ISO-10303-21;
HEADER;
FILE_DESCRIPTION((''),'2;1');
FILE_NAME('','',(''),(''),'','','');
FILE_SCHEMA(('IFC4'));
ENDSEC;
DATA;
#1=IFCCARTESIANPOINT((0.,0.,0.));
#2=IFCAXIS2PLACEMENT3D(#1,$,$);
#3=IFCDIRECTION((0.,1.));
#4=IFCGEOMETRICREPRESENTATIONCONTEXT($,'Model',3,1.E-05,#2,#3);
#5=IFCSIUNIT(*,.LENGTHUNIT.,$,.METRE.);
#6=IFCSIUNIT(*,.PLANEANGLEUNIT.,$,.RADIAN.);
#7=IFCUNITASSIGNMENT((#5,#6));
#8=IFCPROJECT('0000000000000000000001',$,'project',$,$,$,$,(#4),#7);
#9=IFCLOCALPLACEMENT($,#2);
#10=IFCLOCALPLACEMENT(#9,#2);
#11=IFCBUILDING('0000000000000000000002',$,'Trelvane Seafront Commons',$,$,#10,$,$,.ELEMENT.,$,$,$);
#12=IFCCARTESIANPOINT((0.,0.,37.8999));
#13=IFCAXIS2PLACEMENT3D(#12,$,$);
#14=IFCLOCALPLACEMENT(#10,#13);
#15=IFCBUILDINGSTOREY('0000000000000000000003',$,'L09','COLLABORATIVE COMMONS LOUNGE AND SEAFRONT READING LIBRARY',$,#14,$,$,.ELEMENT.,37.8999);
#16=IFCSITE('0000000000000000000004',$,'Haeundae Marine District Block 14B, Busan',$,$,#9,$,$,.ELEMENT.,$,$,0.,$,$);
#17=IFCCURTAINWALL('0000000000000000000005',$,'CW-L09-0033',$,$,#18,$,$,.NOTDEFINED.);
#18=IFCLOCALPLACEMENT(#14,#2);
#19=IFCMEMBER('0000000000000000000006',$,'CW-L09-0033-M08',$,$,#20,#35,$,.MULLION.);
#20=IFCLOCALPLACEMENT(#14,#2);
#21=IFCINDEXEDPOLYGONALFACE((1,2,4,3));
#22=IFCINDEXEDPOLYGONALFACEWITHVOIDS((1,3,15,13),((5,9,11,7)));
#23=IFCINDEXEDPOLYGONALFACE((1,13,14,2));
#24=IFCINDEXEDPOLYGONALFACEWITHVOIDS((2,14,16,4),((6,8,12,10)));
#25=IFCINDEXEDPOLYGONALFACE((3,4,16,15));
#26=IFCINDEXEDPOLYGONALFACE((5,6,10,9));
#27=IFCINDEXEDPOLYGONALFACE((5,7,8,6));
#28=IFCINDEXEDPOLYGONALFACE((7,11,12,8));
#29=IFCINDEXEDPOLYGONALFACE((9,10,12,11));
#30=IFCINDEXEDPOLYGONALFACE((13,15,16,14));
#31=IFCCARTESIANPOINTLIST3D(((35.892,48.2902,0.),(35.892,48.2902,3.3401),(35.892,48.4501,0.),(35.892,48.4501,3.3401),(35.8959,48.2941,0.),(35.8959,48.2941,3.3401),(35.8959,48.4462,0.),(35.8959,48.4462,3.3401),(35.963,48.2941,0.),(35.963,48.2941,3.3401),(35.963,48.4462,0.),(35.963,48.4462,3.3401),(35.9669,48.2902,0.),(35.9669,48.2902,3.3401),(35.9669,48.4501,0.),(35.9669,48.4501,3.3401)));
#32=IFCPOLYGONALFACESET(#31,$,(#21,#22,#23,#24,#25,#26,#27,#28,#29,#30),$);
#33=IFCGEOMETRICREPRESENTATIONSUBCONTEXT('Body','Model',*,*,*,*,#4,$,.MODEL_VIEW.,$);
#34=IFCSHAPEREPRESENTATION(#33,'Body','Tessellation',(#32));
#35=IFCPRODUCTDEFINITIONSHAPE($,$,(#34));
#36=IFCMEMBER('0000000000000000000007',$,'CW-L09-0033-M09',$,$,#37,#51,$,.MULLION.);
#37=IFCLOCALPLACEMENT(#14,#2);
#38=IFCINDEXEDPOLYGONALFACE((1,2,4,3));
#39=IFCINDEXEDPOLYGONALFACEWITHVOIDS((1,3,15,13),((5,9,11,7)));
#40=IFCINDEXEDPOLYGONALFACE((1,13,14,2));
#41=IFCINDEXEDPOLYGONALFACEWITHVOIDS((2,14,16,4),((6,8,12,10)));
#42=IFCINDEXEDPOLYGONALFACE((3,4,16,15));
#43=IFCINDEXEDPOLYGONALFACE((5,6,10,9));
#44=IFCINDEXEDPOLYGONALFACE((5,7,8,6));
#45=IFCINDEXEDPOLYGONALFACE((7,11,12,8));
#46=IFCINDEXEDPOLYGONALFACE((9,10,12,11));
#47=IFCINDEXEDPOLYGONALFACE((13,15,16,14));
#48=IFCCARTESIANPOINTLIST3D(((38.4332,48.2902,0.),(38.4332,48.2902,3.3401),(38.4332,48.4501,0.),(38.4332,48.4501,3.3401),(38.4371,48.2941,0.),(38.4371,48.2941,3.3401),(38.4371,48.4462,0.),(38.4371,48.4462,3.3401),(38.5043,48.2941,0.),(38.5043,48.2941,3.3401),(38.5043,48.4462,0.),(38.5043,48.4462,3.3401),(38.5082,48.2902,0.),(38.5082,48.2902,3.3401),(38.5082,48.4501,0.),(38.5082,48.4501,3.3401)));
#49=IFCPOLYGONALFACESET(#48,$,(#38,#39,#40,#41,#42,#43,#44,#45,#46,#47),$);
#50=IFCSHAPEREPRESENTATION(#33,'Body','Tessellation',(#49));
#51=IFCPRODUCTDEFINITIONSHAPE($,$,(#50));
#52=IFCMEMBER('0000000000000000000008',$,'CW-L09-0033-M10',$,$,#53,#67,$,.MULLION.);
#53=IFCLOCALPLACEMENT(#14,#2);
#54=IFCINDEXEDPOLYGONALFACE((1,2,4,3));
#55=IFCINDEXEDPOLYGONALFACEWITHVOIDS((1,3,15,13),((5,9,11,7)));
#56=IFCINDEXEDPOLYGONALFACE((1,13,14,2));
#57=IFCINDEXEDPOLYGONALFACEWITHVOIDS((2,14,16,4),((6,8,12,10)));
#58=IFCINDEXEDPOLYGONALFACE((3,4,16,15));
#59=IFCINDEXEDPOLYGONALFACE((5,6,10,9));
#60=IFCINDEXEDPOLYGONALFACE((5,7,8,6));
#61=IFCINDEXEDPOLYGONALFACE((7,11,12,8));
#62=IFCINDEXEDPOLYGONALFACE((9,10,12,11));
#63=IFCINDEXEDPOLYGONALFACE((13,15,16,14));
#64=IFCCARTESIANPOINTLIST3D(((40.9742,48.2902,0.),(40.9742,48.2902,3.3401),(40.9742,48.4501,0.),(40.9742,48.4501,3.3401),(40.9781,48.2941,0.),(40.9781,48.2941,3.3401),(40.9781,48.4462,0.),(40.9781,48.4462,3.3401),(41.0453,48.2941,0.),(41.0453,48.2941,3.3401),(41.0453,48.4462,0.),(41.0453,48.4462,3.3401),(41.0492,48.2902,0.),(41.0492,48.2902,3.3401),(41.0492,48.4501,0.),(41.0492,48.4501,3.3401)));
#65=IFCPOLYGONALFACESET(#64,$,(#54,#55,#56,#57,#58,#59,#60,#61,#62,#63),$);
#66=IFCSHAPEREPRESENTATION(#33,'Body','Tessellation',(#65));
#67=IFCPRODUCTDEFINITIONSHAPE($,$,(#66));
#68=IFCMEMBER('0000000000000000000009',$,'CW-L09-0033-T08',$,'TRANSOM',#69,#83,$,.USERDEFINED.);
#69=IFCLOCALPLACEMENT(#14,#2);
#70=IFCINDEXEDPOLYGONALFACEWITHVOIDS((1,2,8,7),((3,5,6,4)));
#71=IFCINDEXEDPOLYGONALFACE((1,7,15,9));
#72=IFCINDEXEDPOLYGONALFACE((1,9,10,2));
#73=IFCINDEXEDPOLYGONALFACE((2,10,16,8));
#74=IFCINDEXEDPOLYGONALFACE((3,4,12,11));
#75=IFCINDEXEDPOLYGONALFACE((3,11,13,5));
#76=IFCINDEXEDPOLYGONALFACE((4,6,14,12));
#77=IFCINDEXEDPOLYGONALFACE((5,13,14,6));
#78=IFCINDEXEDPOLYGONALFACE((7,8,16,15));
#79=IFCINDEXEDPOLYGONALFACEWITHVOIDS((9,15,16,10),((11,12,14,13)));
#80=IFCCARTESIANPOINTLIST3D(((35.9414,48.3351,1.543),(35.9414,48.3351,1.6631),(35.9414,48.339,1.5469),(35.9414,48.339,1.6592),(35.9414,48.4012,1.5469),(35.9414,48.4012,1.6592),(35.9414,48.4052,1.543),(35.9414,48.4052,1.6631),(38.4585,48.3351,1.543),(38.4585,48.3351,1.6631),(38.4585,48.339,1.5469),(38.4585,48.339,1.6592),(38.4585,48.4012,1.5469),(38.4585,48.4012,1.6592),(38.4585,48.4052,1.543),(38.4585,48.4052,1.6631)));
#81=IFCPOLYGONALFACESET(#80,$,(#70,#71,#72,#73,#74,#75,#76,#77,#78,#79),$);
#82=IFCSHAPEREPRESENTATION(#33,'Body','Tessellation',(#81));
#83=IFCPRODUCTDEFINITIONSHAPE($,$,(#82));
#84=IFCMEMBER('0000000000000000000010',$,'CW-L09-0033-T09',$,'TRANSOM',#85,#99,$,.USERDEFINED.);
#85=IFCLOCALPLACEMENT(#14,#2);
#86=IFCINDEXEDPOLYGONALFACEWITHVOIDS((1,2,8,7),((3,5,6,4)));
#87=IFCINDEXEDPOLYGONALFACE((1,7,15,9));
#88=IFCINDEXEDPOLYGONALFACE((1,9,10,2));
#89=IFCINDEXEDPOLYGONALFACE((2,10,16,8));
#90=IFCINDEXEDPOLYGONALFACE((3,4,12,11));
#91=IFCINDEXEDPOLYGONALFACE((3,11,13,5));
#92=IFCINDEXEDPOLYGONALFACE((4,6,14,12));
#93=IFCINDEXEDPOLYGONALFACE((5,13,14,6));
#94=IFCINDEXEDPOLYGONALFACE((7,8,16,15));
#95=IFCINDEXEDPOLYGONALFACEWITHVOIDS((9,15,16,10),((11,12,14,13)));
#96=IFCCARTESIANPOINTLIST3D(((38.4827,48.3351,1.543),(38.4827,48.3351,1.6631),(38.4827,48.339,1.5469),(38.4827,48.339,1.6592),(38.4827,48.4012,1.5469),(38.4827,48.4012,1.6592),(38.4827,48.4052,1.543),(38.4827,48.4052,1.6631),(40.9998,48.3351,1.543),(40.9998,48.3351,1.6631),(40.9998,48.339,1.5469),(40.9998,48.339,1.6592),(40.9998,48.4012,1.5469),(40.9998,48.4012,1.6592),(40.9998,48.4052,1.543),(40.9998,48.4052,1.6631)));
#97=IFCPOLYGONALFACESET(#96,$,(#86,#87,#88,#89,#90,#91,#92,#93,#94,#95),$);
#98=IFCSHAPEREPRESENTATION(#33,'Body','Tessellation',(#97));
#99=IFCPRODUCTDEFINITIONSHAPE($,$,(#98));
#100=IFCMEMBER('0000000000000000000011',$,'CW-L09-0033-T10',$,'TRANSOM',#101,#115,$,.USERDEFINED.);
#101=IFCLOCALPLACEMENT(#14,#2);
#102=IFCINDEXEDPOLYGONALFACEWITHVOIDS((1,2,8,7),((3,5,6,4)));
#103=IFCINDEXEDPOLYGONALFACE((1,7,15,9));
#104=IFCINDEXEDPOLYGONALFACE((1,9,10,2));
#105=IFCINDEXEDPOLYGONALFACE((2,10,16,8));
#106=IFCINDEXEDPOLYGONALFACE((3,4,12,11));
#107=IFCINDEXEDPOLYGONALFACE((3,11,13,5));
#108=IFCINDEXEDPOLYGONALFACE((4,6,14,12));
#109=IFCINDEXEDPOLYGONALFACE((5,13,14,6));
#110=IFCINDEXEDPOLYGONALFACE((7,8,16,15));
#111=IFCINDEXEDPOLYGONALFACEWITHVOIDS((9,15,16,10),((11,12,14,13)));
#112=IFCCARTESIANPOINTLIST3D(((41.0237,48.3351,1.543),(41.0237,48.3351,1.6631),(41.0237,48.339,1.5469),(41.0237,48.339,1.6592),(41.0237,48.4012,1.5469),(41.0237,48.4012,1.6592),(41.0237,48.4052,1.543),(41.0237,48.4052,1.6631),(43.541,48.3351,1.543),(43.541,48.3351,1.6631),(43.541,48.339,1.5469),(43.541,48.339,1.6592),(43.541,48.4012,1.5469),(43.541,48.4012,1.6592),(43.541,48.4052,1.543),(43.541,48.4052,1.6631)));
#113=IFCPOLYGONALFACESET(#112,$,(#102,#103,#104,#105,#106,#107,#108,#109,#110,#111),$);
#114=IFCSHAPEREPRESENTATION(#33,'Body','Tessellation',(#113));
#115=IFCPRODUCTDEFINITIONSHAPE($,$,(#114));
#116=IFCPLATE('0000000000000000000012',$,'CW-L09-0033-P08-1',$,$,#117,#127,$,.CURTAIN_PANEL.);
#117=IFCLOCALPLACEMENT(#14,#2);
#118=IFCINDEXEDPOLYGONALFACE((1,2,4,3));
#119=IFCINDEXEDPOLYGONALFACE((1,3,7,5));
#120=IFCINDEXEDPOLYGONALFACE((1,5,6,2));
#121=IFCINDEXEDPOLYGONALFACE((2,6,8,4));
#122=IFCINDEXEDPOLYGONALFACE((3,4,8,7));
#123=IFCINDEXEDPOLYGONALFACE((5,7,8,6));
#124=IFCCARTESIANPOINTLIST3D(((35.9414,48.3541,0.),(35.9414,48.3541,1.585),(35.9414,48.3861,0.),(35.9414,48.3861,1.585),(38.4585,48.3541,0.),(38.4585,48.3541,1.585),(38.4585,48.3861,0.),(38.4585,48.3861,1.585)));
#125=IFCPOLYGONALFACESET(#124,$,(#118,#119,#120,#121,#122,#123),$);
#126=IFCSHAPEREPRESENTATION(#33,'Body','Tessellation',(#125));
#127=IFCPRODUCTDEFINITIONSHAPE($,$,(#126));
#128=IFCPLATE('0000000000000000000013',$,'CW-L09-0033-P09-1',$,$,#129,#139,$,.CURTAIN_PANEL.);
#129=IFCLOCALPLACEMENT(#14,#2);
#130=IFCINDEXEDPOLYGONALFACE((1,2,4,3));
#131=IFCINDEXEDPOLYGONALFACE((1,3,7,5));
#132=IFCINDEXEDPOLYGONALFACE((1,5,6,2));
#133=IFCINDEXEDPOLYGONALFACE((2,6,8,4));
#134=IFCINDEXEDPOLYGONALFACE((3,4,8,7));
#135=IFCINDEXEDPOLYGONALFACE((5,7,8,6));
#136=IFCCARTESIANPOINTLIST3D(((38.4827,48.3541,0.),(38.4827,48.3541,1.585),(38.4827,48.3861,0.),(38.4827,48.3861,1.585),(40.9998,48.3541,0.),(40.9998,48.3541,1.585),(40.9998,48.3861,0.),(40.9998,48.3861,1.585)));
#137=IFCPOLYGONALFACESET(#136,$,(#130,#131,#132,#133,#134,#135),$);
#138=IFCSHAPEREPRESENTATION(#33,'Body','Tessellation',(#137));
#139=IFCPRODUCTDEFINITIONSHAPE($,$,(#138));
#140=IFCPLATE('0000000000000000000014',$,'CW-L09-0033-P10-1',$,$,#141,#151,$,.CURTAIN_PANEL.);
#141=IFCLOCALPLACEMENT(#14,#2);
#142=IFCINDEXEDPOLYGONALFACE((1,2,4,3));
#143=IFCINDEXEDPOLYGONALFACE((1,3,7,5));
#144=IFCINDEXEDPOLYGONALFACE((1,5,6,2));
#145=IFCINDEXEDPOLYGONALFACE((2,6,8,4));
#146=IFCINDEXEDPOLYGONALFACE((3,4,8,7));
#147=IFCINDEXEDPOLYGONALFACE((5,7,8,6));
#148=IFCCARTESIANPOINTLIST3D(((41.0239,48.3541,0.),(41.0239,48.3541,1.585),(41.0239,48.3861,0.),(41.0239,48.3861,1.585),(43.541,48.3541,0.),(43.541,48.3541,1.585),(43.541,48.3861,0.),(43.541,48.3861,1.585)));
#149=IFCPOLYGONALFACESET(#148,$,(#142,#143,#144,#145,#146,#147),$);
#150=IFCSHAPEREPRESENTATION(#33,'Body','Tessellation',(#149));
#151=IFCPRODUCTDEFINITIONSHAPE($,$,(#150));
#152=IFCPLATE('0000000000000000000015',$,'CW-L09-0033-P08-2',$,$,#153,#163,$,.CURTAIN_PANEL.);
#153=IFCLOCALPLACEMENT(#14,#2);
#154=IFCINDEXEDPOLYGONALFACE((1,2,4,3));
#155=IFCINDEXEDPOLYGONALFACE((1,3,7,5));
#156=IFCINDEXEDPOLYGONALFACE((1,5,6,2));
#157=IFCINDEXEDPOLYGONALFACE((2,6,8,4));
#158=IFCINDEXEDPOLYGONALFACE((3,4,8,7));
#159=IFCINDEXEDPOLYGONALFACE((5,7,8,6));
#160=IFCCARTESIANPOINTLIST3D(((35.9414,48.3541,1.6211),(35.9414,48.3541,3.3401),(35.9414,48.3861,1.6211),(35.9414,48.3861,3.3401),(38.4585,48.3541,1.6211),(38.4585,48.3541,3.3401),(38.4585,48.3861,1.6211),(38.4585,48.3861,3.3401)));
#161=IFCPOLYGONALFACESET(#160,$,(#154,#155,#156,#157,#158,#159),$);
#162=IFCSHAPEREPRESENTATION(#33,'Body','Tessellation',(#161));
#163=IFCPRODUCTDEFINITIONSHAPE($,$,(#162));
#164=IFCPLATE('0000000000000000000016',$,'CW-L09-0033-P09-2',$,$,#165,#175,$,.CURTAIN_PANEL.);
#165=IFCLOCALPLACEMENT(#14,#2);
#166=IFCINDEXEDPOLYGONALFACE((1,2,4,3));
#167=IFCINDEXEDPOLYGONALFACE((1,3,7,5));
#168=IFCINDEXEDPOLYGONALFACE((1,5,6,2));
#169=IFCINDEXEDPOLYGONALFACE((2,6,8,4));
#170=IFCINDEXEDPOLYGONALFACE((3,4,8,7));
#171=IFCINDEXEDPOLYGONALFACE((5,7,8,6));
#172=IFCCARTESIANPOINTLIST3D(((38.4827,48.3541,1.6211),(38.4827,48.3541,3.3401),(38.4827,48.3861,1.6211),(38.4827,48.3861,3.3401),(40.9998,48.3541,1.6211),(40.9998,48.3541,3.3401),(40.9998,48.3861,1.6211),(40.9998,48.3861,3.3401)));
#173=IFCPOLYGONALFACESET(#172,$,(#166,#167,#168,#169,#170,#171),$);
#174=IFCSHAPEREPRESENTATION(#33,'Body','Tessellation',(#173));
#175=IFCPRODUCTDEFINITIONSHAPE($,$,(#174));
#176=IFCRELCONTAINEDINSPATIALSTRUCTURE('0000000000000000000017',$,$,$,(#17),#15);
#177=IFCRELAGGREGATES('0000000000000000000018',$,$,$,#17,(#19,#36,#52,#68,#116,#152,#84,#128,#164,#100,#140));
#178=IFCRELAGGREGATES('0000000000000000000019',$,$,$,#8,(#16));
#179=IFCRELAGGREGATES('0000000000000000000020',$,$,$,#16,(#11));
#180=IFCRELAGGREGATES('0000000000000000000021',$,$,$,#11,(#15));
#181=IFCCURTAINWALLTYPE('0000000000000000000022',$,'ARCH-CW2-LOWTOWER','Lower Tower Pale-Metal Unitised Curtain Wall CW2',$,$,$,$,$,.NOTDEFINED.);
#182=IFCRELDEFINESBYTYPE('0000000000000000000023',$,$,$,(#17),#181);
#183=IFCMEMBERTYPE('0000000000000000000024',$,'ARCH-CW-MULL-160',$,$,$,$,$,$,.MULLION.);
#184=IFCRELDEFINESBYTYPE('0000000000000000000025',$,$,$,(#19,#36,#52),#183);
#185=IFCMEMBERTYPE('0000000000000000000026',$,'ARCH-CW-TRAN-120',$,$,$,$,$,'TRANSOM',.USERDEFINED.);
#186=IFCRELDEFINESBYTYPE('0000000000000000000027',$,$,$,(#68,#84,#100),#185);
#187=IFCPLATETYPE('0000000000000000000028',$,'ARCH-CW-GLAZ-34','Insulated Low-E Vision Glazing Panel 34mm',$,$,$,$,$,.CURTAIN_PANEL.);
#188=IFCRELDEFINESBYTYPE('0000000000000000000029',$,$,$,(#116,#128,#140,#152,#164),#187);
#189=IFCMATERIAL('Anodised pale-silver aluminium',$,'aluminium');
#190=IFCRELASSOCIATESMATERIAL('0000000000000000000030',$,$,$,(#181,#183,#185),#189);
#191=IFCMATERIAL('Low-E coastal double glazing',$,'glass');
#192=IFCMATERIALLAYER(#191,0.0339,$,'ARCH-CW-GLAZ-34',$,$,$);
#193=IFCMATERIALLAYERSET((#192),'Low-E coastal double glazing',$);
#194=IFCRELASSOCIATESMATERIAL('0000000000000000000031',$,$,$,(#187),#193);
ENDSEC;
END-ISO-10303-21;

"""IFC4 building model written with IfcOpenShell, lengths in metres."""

from ifc_helpers import new_model, si_unit, direction, frame, origin, origin_2d, place, context, subcontext, project, spatial, rectangle, hollow_rectangle, extrude, source, transform, mapped, material, layer, layer_set, material_profile, profile_set, type_object, element, aggregate, save


model = new_model("IFC4")

# Units and contexts
model_context = context("Model", 3, precision=1e-05, world=origin(), true_north=direction((0.0, 1.0)))
body_context = subcontext(model_context, "Body", "Model", "MODEL_VIEW")
ifc_project = project(units=[si_unit("LENGTHUNIT", "METRE"), si_unit("PLANEANGLEUNIT", "RADIAN")], contexts=[model_context])

# Site, building, storey
site_placement = place(None, origin())
site = spatial("IfcSite", under=ifc_project, at=site_placement, Name="Haeundae Marine District Block 14B, Busan", CompositionType="ELEMENT", RefElevation=0.0)
building_placement = place(site_placement, origin())
building = spatial("IfcBuilding", under=site, at=building_placement, Name="Trelvane Seafront Commons", CompositionType="ELEMENT")
storey_placement = place(building_placement, frame((0.0, 0.0, 37.8999)))
storey = spatial("IfcBuildingStorey", under=building, at=storey_placement, Name="L09", Description="COLLABORATIVE COMMONS LOUNGE AND SEAFRONT READING LIBRARY", CompositionType="ELEMENT", Elevation=37.8999)

# Curtain wall, members, plates
ifc_material_1 = material(Name="Anodised pale-silver aluminium", Category="aluminium")
curtain_wall_type = type_object("IfcCurtainWallType", Name="ARCH-CW2-LOWTOWER", Description="Lower Tower Pale-Metal Unitised Curtain Wall CW2", PredefinedType="NOTDEFINED", material=ifc_material_1)
curtain_wall_placement = place(storey_placement, origin())
curtain_wall = element("IfcCurtainWall", 1, at=curtain_wall_placement, inside=storey, type_object=curtain_wall_type, Name="CW-L09-0033", PredefinedType="NOTDEFINED")
ifc_material_profile_1 = material_profile(ifc_material_1, hollow_rectangle(XDim=0.075, YDim=0.1599, WallThickness=0.0039, at=origin_2d()), Name="MULL-75x160x4")
ifc_profile_set_1 = profile_set([ifc_material_profile_1], Name="Anodised pale-silver aluminium")
member_type_1 = type_object("IfcMemberType", Name="ARCH-CW-MULL-160", PredefinedType="MULLION", material=ifc_profile_set_1)
shared_shape_1 = source(origin(), body_context, "Body", "SweptSolid", [
    extrude(hollow_rectangle(XDim=0.075, YDim=0.1599, WallThickness=0.0039, at=origin_2d()), origin(), (0.0, 0.0, 1.0), 3.3401),
])
member_1_placement = place(storey_placement, frame((35.9294, 48.3701, 0.0), z_axis=(0.0, 0.0, 1.0), x_axis=(1.0, 0.0, 0.0)))
member_1 = element("IfcMember", 2, at=member_1_placement, type_object=member_type_1, Name="CW-L09-0033-M08", PredefinedType="MULLION", context=body_context, shape_type="MappedRepresentation", body=[
    mapped(shared_shape_1, transform((0.0, 0.0, 0.0), x_axis=(1.0, 0.0, 0.0), y_axis=(0.0, 1.0, 0.0), z_axis=(0.0, 0.0, 1.0), scale=1.0)),
])
member_2_placement = place(storey_placement, frame((38.4707, 48.3701, 0.0), z_axis=(0.0, 0.0, 1.0), x_axis=(1.0, 0.0, 0.0)))
member_2 = element("IfcMember", 3, at=member_2_placement, type_object=member_type_1, Name="CW-L09-0033-M09", PredefinedType="MULLION", context=body_context, shape_type="MappedRepresentation", body=[
    mapped(shared_shape_1, transform((0.0, 0.0, 0.0), x_axis=(1.0, 0.0, 0.0), y_axis=(0.0, 1.0, 0.0), z_axis=(0.0, 0.0, 1.0), scale=1.0)),
])
member_3_placement = place(storey_placement, frame((41.0117, 48.3701, 0.0), z_axis=(0.0, 0.0, 1.0), x_axis=(1.0, 0.0, 0.0)))
member_3 = element("IfcMember", 4, at=member_3_placement, type_object=member_type_1, Name="CW-L09-0033-M10", PredefinedType="MULLION", context=body_context, shape_type="MappedRepresentation", body=[
    mapped(shared_shape_1, transform((0.0, 0.0, 0.0), x_axis=(1.0, 0.0, 0.0), y_axis=(0.0, 1.0, 0.0), z_axis=(0.0, 0.0, 1.0), scale=1.0)),
])
ifc_material_profile_2 = material_profile(ifc_material_1, hollow_rectangle(XDim=0.0701, YDim=0.1201, WallThickness=0.0039, at=origin_2d()), Name="TRAN-70x120x4")
ifc_profile_set_2 = profile_set([ifc_material_profile_2], Name="Anodised pale-silver aluminium")
member_type_2 = type_object("IfcMemberType", Name="ARCH-CW-TRAN-120", ElementType="TRANSOM", PredefinedType="USERDEFINED", material=ifc_profile_set_2)
shared_shape_2 = source(origin(), body_context, "Body", "SweptSolid", [
    extrude(hollow_rectangle(XDim=0.0701, YDim=0.1201, WallThickness=0.0039, at=origin_2d()), origin(), (0.0, 0.0, 1.0), 2.5171),
])
member_4_placement = place(storey_placement, frame((35.9414, 48.3701, 1.603), z_axis=(1.0, 0.0, 0.0), x_axis=(0.0, 1.0, 0.0)))
member_4 = element("IfcMember", 5, at=member_4_placement, type_object=member_type_2, Name="CW-L09-0033-T08", ObjectType="TRANSOM", PredefinedType="USERDEFINED", context=body_context, shape_type="MappedRepresentation", body=[
    mapped(shared_shape_2, transform((0.0, 0.0, 0.0), x_axis=(1.0, 0.0, 0.0), y_axis=(0.0, 1.0, 0.0), z_axis=(0.0, 0.0, 1.0), scale=1.0)),
])
member_5_placement = place(storey_placement, frame((38.4827, 48.3701, 1.603), z_axis=(1.0, 0.0, 0.0), x_axis=(0.0, 1.0, 0.0)))
member_5 = element("IfcMember", 6, at=member_5_placement, type_object=member_type_2, Name="CW-L09-0033-T09", ObjectType="TRANSOM", PredefinedType="USERDEFINED", context=body_context, shape_type="MappedRepresentation", body=[
    mapped(shared_shape_2, transform((0.0, 0.0, 0.0), x_axis=(1.0, 0.0, 0.0), y_axis=(0.0, 1.0, 0.0), z_axis=(0.0, 0.0, 1.0), scale=1.0)),
])
shared_shape_3 = source(origin(), body_context, "Body", "SweptSolid", [
    extrude(hollow_rectangle(XDim=0.0701, YDim=0.1201, WallThickness=0.0039, at=origin_2d()), origin(), (0.0, 0.0, 1.0), 2.5173),
])
member_6_placement = place(storey_placement, frame((41.0237, 48.3701, 1.603), z_axis=(1.0, 0.0, 0.0), x_axis=(0.0, 1.0, 0.0)))
member_6 = element("IfcMember", 7, at=member_6_placement, type_object=member_type_2, Name="CW-L09-0033-T10", ObjectType="TRANSOM", PredefinedType="USERDEFINED", context=body_context, shape_type="MappedRepresentation", body=[
    mapped(shared_shape_3, transform((0.0, 0.0, 0.0), x_axis=(1.0, 0.0, 0.0), y_axis=(0.0, 1.0, 0.0), z_axis=(0.0, 0.0, 1.0), scale=1.0)),
])
ifc_material_2 = material(Name="Low-E coastal double glazing", Category="glass")
ifc_layer_1 = layer(ifc_material_2, 0.0339, Name="ARCH-CW-GLAZ-34")
ifc_layer_set_1 = layer_set([ifc_layer_1], Name="Low-E coastal double glazing")
plate_type_1 = type_object("IfcPlateType", Name="ARCH-CW-GLAZ-34", Description="Insulated Low-E Vision Glazing Panel 34mm", PredefinedType="CURTAIN_PANEL", material=ifc_layer_set_1)
shared_shape_4 = source(origin(), body_context, "Body", "SweptSolid", [
    extrude(rectangle(XDim=2.5171, YDim=0.032, at=origin_2d()), origin(), (0.0, 0.0, 1.0), 1.585),
])
plate_1_placement = place(storey_placement, frame((37.2, 48.3701, 0.0), z_axis=(0.0, 0.0, 1.0), x_axis=(1.0, 0.0, 0.0)))
plate_1 = element("IfcPlate", 8, at=plate_1_placement, type_object=plate_type_1, Name="CW-L09-0033-P08-1", PredefinedType="CURTAIN_PANEL", context=body_context, shape_type="MappedRepresentation", body=[
    mapped(shared_shape_4, transform((0.0, 0.0, 0.0), x_axis=(1.0, 0.0, 0.0), y_axis=(0.0, 1.0, 0.0), z_axis=(0.0, 0.0, 1.0), scale=1.0)),
])
plate_2_placement = place(storey_placement, frame((39.7412, 48.3701, 0.0), z_axis=(0.0, 0.0, 1.0), x_axis=(1.0, 0.0, 0.0)))
plate_2 = element("IfcPlate", 9, at=plate_2_placement, type_object=plate_type_1, Name="CW-L09-0033-P09-1", PredefinedType="CURTAIN_PANEL", context=body_context, shape_type="MappedRepresentation", body=[
    mapped(shared_shape_4, transform((0.0, 0.0, 0.0), x_axis=(1.0, 0.0, 0.0), y_axis=(0.0, 1.0, 0.0), z_axis=(0.0, 0.0, 1.0), scale=1.0)),
])
plate_3_placement = place(storey_placement, frame((42.2825, 48.3701, 0.0), z_axis=(0.0, 0.0, 1.0), x_axis=(1.0, 0.0, 0.0)))
plate_3 = element("IfcPlate", 10, at=plate_3_placement, type_object=plate_type_1, Name="CW-L09-0033-P10-1", PredefinedType="CURTAIN_PANEL", context=body_context, shape_type="MappedRepresentation", body=[
    mapped(shared_shape_4, transform((0.0, 0.0, 0.0), x_axis=(1.0, 0.0, 0.0), y_axis=(0.0, 1.0, 0.0), z_axis=(0.0, 0.0, 1.0), scale=1.0)),
])
shared_shape_5 = source(origin(), body_context, "Body", "SweptSolid", [
    extrude(rectangle(XDim=2.5171, YDim=0.032, at=origin_2d()), origin(), (0.0, 0.0, 1.0), 1.719),
])
plate_4_placement = place(storey_placement, frame((37.2, 48.3701, 1.6211), z_axis=(0.0, 0.0, 1.0), x_axis=(1.0, 0.0, 0.0)))
plate_4 = element("IfcPlate", 11, at=plate_4_placement, type_object=plate_type_1, Name="CW-L09-0033-P08-2", PredefinedType="CURTAIN_PANEL", context=body_context, shape_type="MappedRepresentation", body=[
    mapped(shared_shape_5, transform((0.0, 0.0, 0.0), x_axis=(1.0, 0.0, 0.0), y_axis=(0.0, 1.0, 0.0), z_axis=(0.0, 0.0, 1.0), scale=1.0)),
])
plate_5_placement = place(storey_placement, frame((39.7412, 48.3701, 1.6211), z_axis=(0.0, 0.0, 1.0), x_axis=(1.0, 0.0, 0.0)))
plate_5 = element("IfcPlate", 12, at=plate_5_placement, type_object=plate_type_1, Name="CW-L09-0033-P09-2", PredefinedType="CURTAIN_PANEL", context=body_context, shape_type="MappedRepresentation", body=[
    mapped(shared_shape_5, transform((0.0, 0.0, 0.0), x_axis=(1.0, 0.0, 0.0), y_axis=(0.0, 1.0, 0.0), z_axis=(0.0, 0.0, 1.0), scale=1.0)),
])
aggregate(curtain_wall, [member_1, member_2, member_3, member_4, plate_1, plate_4, member_5, plate_2, plate_5, member_6, plate_3])

save(model, "model.ifc")
